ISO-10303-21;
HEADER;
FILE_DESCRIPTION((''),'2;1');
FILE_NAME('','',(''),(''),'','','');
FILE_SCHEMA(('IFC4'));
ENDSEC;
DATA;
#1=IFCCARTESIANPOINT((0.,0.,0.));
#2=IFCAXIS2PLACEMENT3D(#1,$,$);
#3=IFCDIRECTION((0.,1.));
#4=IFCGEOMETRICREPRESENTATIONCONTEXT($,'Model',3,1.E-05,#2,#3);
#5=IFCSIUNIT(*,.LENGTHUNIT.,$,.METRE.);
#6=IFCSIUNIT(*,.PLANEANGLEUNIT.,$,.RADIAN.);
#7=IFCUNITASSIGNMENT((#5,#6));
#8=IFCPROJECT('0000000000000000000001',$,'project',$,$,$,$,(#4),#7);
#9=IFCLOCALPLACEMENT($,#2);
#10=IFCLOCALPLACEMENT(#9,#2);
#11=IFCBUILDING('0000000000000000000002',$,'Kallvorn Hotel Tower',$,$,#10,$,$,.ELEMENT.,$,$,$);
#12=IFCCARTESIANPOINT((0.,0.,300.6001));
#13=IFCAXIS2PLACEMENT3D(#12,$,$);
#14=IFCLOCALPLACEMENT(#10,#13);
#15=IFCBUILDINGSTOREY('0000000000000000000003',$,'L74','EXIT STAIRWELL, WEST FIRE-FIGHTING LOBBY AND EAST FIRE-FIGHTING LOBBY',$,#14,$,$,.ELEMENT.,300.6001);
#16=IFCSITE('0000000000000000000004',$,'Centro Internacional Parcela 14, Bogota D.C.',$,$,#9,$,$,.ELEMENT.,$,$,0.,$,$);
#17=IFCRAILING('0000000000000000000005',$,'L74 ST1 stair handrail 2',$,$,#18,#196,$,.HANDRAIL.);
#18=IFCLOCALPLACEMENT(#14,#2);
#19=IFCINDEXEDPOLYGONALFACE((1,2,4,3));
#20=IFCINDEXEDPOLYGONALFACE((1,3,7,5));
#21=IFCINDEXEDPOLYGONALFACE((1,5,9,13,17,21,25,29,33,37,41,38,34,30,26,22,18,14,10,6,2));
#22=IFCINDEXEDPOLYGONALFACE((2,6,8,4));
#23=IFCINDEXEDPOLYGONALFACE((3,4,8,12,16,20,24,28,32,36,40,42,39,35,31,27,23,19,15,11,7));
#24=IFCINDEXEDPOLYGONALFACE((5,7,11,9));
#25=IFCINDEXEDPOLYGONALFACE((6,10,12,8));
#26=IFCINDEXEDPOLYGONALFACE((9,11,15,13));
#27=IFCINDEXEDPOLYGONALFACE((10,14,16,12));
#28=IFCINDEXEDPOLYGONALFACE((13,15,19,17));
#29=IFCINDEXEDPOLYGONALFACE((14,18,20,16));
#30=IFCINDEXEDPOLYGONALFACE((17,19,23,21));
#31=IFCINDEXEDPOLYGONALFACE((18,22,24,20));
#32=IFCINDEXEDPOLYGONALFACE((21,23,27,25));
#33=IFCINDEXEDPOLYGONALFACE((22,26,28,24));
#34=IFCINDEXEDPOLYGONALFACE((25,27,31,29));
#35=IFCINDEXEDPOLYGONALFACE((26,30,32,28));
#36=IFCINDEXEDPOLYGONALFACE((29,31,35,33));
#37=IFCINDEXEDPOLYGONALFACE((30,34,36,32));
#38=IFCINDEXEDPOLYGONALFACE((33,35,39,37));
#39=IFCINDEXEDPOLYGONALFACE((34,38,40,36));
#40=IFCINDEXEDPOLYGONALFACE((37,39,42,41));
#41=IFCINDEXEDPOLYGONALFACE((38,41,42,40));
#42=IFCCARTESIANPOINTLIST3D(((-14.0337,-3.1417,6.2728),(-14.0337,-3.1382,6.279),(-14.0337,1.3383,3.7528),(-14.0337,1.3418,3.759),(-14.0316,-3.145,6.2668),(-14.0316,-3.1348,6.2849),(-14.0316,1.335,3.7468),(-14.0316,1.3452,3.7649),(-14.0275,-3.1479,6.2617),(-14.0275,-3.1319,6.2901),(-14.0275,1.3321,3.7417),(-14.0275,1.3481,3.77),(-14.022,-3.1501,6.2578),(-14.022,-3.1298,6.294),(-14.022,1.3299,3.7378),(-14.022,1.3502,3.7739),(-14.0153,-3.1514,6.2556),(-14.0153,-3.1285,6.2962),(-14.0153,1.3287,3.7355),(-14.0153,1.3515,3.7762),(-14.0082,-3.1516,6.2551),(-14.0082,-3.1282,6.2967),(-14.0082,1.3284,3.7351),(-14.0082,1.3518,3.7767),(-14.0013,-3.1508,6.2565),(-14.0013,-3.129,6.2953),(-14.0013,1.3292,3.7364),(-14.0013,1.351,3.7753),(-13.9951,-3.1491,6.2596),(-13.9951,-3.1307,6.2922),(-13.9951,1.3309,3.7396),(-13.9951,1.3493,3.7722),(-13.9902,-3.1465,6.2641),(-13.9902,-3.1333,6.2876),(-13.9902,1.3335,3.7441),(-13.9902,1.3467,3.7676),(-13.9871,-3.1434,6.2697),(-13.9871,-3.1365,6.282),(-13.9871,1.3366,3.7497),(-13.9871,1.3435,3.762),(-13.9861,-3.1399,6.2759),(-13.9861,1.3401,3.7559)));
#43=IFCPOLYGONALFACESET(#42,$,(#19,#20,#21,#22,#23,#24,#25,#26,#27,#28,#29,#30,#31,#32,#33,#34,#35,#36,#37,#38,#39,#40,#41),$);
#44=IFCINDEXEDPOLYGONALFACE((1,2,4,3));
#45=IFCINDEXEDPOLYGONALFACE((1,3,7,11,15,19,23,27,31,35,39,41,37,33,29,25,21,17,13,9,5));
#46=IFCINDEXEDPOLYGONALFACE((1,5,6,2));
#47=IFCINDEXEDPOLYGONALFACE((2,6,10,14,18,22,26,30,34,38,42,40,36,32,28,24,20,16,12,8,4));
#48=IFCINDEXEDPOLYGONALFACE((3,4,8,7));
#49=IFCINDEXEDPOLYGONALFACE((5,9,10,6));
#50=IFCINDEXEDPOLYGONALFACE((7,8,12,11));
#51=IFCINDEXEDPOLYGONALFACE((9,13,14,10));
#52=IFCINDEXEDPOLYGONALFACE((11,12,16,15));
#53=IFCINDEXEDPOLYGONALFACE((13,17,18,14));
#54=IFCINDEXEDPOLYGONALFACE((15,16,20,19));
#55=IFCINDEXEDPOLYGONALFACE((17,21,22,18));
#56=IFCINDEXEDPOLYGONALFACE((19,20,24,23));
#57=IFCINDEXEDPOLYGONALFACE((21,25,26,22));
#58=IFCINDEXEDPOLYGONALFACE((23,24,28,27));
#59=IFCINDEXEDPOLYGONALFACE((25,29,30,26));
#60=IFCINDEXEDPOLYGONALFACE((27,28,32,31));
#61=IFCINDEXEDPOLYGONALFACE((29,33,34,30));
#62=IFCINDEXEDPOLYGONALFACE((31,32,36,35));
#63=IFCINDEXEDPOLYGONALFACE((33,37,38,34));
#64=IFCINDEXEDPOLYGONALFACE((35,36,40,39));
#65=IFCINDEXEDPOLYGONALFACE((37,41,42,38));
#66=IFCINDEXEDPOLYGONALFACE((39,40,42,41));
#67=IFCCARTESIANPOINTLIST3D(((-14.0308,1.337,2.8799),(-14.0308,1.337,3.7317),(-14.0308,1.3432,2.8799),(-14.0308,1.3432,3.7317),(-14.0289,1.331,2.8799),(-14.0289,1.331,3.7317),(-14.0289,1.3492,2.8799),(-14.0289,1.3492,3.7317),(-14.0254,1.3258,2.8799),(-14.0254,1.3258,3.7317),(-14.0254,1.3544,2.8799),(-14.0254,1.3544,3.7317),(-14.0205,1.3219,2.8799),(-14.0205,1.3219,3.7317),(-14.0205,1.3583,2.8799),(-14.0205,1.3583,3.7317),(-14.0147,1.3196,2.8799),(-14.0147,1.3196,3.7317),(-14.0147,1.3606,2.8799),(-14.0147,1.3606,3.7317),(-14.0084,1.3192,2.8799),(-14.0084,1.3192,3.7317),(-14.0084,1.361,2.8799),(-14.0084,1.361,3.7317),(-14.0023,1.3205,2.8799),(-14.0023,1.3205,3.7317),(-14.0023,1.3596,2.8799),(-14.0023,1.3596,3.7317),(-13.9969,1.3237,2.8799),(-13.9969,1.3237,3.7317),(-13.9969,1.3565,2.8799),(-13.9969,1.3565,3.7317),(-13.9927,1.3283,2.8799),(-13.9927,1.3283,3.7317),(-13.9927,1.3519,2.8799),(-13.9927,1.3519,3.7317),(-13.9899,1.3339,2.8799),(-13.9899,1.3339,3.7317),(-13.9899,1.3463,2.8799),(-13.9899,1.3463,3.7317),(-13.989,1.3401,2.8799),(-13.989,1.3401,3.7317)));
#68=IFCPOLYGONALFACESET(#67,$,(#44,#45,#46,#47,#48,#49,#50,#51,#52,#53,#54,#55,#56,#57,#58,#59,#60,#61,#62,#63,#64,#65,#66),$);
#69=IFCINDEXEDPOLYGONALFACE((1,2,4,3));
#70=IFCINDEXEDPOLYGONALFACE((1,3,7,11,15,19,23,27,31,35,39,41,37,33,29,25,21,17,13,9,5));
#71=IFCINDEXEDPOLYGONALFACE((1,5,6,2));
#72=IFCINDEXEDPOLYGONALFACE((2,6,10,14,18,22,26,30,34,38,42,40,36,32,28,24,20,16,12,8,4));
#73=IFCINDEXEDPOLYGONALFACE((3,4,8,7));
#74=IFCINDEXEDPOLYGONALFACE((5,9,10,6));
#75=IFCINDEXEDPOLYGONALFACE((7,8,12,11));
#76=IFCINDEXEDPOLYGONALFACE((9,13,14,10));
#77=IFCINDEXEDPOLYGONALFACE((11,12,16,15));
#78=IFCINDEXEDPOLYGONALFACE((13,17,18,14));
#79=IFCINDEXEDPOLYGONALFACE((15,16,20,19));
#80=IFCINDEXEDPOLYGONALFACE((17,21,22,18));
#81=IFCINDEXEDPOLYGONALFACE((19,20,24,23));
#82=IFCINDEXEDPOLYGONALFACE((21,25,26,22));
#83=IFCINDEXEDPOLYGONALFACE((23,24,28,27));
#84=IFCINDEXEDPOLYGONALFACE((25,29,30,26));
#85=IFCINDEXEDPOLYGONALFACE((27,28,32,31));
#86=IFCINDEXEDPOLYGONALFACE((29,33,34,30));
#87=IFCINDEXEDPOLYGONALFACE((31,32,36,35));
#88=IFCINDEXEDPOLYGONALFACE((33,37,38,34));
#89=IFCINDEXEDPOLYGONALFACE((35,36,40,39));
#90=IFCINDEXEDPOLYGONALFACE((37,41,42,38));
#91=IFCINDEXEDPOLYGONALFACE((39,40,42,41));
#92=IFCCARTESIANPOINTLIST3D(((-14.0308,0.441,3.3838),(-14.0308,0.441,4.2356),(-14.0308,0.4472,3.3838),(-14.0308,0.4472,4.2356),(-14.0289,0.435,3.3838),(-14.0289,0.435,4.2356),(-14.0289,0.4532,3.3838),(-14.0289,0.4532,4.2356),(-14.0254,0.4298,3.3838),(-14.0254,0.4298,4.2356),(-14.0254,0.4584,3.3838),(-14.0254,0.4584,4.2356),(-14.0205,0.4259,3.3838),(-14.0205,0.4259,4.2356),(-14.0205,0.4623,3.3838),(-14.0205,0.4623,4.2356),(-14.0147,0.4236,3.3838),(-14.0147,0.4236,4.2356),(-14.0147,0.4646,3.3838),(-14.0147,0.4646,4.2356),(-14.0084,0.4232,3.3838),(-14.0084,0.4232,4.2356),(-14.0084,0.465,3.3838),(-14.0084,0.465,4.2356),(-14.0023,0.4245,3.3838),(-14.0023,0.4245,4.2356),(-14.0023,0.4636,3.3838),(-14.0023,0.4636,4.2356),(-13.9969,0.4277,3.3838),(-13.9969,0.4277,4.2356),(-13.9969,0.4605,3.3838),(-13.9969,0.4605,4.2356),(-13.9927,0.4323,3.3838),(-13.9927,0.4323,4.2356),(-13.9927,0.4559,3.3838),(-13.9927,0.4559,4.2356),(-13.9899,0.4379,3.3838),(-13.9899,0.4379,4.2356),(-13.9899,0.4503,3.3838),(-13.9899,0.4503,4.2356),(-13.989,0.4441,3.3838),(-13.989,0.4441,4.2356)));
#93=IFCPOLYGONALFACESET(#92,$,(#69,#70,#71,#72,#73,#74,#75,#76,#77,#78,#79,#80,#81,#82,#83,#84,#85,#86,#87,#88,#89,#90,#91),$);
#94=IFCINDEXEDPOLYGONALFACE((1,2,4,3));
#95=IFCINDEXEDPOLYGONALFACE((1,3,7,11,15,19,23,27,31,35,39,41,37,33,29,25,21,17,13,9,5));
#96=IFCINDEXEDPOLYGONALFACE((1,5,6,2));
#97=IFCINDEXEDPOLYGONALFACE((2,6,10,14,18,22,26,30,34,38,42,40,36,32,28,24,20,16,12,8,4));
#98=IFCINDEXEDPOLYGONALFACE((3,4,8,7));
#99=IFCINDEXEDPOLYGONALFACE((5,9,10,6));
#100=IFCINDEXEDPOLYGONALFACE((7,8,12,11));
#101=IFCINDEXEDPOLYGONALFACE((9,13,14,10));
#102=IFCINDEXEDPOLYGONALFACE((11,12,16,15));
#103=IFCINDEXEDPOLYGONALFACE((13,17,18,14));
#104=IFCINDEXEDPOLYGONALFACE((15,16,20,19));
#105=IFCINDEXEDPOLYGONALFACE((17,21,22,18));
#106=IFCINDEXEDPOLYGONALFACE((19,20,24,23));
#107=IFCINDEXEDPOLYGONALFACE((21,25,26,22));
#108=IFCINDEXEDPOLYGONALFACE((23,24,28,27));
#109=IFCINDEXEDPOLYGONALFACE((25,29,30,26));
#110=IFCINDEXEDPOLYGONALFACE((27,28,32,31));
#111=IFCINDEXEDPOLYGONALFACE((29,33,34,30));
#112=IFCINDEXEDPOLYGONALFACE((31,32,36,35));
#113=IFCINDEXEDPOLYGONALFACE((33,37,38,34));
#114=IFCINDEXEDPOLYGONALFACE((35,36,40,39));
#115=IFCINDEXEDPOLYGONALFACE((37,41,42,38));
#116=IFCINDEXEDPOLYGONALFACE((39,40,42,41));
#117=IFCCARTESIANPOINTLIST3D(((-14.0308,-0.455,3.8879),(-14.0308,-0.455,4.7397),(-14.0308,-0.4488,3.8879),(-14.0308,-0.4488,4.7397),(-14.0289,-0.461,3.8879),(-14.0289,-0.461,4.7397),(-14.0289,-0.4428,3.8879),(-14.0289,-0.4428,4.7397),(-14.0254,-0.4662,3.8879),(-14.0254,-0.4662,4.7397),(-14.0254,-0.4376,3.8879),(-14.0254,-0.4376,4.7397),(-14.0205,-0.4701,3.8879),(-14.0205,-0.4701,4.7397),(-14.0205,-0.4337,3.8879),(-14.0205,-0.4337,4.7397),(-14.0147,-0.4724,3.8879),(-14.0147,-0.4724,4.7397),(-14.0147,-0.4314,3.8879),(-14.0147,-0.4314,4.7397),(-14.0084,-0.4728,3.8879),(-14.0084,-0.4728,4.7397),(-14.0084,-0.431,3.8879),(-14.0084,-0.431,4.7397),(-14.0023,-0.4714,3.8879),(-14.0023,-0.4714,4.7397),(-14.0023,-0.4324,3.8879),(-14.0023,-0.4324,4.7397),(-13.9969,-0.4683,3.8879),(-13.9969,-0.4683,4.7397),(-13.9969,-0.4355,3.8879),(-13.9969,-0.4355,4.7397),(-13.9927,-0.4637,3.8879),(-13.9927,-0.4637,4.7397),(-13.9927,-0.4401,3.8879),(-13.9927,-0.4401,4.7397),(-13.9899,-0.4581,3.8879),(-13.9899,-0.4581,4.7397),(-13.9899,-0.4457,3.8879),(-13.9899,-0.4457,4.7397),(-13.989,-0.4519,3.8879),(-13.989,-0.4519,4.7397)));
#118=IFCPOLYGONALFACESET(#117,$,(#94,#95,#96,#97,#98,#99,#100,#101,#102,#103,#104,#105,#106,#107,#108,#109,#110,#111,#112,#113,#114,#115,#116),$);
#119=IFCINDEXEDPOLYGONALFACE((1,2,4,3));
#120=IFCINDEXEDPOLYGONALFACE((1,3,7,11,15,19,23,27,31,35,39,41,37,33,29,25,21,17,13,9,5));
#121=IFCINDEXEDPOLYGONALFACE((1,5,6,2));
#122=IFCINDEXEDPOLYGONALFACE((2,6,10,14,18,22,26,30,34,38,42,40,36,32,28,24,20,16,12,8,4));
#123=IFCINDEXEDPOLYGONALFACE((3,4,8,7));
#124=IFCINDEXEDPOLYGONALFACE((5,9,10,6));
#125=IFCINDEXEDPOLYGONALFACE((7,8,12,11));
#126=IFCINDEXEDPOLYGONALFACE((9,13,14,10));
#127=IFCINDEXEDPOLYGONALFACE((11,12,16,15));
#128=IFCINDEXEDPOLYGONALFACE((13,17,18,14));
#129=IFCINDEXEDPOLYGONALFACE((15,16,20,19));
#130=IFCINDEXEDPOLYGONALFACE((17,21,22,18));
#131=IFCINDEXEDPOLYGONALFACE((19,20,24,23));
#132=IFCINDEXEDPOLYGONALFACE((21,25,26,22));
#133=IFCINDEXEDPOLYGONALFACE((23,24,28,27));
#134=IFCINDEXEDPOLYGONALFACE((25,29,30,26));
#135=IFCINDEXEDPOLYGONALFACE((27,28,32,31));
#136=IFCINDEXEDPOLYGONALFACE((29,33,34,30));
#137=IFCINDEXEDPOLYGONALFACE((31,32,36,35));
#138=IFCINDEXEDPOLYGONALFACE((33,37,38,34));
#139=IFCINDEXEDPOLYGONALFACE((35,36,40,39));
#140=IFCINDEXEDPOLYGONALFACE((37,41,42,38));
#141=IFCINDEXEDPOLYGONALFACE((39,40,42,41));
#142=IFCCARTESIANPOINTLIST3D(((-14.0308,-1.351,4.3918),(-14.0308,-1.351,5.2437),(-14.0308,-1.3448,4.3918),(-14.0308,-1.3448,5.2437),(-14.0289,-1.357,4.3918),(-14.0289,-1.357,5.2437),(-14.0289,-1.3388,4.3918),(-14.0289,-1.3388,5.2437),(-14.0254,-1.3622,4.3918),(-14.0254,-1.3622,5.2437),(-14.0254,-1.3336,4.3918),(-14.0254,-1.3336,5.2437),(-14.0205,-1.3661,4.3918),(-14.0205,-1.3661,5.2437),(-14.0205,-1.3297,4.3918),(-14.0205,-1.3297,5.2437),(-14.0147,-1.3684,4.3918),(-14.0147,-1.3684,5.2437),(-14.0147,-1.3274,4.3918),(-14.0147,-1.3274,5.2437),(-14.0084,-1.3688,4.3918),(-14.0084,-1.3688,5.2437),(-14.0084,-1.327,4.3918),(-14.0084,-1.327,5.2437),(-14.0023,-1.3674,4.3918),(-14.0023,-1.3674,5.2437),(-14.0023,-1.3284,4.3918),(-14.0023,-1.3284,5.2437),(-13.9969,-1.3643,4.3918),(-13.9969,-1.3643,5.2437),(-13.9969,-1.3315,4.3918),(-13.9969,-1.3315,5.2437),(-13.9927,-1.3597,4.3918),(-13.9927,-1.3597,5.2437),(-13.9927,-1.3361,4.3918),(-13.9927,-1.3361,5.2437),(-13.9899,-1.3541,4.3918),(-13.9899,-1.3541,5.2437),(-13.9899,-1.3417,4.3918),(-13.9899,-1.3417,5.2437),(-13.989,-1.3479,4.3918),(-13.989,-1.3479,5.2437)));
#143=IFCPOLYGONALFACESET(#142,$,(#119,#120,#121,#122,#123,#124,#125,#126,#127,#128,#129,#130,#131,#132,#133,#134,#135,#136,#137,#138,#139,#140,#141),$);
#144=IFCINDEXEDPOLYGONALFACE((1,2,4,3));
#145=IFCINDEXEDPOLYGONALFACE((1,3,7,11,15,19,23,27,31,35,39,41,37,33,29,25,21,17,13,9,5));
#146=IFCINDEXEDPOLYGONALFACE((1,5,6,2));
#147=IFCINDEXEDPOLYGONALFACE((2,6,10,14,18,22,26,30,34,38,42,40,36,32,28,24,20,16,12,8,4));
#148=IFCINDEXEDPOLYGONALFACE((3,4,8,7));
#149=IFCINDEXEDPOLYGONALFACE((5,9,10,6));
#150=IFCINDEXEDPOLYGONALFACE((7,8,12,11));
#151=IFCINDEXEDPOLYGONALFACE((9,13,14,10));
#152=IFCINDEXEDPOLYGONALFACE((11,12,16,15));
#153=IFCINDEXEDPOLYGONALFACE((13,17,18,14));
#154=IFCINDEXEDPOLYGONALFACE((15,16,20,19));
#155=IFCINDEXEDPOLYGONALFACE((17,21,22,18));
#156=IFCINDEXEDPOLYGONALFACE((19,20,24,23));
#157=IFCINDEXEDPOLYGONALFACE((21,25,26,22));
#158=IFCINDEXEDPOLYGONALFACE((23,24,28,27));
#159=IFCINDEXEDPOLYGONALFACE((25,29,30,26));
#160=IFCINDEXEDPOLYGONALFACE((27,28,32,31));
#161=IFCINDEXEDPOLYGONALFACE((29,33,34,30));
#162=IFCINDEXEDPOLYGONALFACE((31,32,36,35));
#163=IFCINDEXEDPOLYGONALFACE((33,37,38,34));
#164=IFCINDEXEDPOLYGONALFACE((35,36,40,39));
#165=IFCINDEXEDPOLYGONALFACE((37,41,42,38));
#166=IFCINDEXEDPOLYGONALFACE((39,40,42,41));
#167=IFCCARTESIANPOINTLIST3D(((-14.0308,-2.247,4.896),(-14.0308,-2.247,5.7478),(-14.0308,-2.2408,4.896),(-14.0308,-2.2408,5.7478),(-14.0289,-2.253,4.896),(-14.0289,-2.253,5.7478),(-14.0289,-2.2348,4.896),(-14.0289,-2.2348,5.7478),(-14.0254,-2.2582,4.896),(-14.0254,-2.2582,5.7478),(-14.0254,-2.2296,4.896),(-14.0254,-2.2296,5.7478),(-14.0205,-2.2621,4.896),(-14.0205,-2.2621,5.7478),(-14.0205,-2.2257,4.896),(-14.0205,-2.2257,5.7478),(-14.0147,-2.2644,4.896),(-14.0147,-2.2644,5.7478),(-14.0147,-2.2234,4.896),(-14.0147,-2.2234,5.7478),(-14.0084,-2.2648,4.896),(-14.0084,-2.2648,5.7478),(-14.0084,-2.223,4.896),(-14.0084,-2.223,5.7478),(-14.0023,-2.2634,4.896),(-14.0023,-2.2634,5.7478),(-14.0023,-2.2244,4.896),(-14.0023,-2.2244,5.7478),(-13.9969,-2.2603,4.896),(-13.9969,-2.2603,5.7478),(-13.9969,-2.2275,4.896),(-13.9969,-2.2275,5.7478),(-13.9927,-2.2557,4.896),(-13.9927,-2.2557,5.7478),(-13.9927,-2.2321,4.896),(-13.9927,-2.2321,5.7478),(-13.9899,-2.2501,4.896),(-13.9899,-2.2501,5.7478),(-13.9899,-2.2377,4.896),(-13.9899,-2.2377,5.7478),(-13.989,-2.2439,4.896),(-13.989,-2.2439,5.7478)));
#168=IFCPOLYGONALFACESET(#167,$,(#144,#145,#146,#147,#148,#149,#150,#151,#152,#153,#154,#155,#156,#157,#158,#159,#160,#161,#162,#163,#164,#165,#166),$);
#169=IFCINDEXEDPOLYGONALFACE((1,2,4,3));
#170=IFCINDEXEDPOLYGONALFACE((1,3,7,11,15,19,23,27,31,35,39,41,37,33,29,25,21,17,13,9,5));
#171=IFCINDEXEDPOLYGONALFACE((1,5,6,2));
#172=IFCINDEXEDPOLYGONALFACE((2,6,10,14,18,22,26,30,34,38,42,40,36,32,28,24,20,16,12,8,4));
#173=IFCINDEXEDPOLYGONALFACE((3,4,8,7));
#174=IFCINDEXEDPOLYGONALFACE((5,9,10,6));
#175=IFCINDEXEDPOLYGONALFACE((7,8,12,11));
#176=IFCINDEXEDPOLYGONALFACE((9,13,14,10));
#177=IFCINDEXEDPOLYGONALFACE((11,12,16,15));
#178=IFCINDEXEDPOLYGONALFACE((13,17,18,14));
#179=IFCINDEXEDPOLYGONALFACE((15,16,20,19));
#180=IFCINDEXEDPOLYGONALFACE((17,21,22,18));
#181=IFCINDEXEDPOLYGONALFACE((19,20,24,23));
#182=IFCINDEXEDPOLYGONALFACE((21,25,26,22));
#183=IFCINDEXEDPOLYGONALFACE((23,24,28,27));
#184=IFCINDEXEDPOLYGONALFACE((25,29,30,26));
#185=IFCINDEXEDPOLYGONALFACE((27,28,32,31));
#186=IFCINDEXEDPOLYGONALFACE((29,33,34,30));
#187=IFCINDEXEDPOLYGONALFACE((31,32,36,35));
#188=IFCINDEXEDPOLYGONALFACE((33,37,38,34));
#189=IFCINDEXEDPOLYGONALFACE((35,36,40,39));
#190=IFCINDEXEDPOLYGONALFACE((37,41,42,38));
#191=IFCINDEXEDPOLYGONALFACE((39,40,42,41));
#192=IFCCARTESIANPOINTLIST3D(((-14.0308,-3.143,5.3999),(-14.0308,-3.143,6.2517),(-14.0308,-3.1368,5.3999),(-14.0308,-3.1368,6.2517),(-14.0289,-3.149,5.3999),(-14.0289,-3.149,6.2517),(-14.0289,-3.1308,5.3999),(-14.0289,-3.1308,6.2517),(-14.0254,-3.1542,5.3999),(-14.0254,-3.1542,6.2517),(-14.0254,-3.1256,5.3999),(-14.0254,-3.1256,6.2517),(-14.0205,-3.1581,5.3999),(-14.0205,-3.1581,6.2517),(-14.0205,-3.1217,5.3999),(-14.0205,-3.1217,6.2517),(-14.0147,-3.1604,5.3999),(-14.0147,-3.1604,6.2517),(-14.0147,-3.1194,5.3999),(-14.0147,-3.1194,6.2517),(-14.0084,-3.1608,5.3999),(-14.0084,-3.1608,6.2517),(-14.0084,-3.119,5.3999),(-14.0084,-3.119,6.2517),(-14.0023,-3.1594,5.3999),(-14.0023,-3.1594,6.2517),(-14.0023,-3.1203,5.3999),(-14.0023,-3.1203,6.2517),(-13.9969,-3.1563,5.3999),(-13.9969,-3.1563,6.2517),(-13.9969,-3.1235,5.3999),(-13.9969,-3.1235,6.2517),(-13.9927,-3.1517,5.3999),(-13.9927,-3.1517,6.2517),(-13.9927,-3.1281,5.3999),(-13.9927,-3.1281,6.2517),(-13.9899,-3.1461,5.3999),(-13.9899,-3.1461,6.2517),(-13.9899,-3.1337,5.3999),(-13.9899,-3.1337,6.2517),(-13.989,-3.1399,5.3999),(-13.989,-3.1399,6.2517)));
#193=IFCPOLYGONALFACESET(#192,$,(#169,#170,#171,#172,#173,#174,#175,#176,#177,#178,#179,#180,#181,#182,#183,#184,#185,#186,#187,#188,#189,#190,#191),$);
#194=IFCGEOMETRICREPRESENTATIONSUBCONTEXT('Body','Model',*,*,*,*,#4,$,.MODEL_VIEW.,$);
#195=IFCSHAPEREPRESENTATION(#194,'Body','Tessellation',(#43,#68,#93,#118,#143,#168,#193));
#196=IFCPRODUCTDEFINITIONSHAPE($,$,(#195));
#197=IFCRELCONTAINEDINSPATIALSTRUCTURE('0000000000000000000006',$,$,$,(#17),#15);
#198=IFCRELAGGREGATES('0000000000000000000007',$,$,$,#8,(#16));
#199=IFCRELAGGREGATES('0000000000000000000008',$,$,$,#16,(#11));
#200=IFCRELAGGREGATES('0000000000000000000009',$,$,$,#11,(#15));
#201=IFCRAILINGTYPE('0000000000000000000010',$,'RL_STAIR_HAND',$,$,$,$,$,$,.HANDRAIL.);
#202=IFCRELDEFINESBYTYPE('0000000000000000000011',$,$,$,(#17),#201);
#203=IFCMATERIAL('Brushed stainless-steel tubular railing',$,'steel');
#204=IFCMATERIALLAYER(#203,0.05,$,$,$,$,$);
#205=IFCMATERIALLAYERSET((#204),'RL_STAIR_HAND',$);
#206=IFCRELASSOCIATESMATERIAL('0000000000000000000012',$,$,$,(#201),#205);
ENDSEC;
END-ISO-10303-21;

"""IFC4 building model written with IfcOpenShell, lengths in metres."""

from ifc_helpers import new_model, si_unit, direction, frame, origin, origin_2d, place, context, subcontext, project, spatial, circle, extrude, material, layer, layer_set, type_object, element, save


model = new_model("IFC4")

# Units and contexts
model_context = context("Model", 3, precision=1e-05, world=origin(), true_north=direction((0.0, 1.0)))
body_context = subcontext(model_context, "Body", "Model", "MODEL_VIEW")
ifc_project = project(units=[si_unit("LENGTHUNIT", "METRE"), si_unit("PLANEANGLEUNIT", "RADIAN")], contexts=[model_context])

# Site, building, storey
site_placement = place(None, origin())
site = spatial("IfcSite", under=ifc_project, at=site_placement, Name="Centro Internacional Parcela 14, Bogota D.C.", CompositionType="ELEMENT", RefElevation=0.0)
building_placement = place(site_placement, origin())
building = spatial("IfcBuilding", under=site, at=building_placement, Name="Kallvorn Hotel Tower", CompositionType="ELEMENT")
storey_placement = place(building_placement, frame((0.0, 0.0, 300.6001)))
storey = spatial("IfcBuildingStorey", under=building, at=storey_placement, Name="L74", Description="EXIT STAIRWELL, WEST FIRE-FIGHTING LOBBY AND EAST FIRE-FIGHTING LOBBY", CompositionType="ELEMENT", Elevation=300.6001)

# Railing
ifc_material_1 = material(Name="Brushed stainless-steel tubular railing", Category="steel")
ifc_layer_1 = layer(ifc_material_1, 0.05)
ifc_layer_set_1 = layer_set([ifc_layer_1], Name="RL_STAIR_HAND")
railing_type_1 = type_object("IfcRailingType", Name="RL_STAIR_HAND", PredefinedType="HANDRAIL", material=ifc_layer_set_1)
railing_1_placement = place(storey_placement, frame((-14.01, 1.3401, 2.8799)))
element("IfcRailing", 1, at=railing_1_placement, inside=storey, type_object=railing_type_1, Name="L74 ST1 stair handrail 2", PredefinedType="HANDRAIL", context=body_context, shape_type="SweptSolid", body=[
    extrude(circle(Radius=0.0239, at=origin_2d()), frame((0.0, 0.0, 0.876), z_axis=(0.0, -0.871573, 0.490266), x_axis=(1.0, 0.0, 0.0)), (0.0, 0.0, 1.0), 5.1401),
    extrude(circle(Radius=0.021, at=origin_2d()), origin(), (0.0, 0.0, 1.0), 0.8518),
    extrude(circle(Radius=0.021, at=origin_2d()), frame((0.0, -0.896, 0.5039)), (0.0, 0.0, 1.0), 0.8518),
    extrude(circle(Radius=0.021, at=origin_2d()), frame((0.0, -1.792, 1.0081)), (0.0, 0.0, 1.0), 0.8518),
    extrude(circle(Radius=0.021, at=origin_2d()), frame((0.0, -2.688, 1.512)), (0.0, 0.0, 1.0), 0.8518),
    extrude(circle(Radius=0.021, at=origin_2d()), frame((0.0, -3.584, 2.0161)), (0.0, 0.0, 1.0), 0.8518),
    extrude(circle(Radius=0.021, at=origin_2d()), frame((0.0, -4.48, 2.52)), (0.0, 0.0, 1.0), 0.8518),
])

save(model, "model.ifc")
